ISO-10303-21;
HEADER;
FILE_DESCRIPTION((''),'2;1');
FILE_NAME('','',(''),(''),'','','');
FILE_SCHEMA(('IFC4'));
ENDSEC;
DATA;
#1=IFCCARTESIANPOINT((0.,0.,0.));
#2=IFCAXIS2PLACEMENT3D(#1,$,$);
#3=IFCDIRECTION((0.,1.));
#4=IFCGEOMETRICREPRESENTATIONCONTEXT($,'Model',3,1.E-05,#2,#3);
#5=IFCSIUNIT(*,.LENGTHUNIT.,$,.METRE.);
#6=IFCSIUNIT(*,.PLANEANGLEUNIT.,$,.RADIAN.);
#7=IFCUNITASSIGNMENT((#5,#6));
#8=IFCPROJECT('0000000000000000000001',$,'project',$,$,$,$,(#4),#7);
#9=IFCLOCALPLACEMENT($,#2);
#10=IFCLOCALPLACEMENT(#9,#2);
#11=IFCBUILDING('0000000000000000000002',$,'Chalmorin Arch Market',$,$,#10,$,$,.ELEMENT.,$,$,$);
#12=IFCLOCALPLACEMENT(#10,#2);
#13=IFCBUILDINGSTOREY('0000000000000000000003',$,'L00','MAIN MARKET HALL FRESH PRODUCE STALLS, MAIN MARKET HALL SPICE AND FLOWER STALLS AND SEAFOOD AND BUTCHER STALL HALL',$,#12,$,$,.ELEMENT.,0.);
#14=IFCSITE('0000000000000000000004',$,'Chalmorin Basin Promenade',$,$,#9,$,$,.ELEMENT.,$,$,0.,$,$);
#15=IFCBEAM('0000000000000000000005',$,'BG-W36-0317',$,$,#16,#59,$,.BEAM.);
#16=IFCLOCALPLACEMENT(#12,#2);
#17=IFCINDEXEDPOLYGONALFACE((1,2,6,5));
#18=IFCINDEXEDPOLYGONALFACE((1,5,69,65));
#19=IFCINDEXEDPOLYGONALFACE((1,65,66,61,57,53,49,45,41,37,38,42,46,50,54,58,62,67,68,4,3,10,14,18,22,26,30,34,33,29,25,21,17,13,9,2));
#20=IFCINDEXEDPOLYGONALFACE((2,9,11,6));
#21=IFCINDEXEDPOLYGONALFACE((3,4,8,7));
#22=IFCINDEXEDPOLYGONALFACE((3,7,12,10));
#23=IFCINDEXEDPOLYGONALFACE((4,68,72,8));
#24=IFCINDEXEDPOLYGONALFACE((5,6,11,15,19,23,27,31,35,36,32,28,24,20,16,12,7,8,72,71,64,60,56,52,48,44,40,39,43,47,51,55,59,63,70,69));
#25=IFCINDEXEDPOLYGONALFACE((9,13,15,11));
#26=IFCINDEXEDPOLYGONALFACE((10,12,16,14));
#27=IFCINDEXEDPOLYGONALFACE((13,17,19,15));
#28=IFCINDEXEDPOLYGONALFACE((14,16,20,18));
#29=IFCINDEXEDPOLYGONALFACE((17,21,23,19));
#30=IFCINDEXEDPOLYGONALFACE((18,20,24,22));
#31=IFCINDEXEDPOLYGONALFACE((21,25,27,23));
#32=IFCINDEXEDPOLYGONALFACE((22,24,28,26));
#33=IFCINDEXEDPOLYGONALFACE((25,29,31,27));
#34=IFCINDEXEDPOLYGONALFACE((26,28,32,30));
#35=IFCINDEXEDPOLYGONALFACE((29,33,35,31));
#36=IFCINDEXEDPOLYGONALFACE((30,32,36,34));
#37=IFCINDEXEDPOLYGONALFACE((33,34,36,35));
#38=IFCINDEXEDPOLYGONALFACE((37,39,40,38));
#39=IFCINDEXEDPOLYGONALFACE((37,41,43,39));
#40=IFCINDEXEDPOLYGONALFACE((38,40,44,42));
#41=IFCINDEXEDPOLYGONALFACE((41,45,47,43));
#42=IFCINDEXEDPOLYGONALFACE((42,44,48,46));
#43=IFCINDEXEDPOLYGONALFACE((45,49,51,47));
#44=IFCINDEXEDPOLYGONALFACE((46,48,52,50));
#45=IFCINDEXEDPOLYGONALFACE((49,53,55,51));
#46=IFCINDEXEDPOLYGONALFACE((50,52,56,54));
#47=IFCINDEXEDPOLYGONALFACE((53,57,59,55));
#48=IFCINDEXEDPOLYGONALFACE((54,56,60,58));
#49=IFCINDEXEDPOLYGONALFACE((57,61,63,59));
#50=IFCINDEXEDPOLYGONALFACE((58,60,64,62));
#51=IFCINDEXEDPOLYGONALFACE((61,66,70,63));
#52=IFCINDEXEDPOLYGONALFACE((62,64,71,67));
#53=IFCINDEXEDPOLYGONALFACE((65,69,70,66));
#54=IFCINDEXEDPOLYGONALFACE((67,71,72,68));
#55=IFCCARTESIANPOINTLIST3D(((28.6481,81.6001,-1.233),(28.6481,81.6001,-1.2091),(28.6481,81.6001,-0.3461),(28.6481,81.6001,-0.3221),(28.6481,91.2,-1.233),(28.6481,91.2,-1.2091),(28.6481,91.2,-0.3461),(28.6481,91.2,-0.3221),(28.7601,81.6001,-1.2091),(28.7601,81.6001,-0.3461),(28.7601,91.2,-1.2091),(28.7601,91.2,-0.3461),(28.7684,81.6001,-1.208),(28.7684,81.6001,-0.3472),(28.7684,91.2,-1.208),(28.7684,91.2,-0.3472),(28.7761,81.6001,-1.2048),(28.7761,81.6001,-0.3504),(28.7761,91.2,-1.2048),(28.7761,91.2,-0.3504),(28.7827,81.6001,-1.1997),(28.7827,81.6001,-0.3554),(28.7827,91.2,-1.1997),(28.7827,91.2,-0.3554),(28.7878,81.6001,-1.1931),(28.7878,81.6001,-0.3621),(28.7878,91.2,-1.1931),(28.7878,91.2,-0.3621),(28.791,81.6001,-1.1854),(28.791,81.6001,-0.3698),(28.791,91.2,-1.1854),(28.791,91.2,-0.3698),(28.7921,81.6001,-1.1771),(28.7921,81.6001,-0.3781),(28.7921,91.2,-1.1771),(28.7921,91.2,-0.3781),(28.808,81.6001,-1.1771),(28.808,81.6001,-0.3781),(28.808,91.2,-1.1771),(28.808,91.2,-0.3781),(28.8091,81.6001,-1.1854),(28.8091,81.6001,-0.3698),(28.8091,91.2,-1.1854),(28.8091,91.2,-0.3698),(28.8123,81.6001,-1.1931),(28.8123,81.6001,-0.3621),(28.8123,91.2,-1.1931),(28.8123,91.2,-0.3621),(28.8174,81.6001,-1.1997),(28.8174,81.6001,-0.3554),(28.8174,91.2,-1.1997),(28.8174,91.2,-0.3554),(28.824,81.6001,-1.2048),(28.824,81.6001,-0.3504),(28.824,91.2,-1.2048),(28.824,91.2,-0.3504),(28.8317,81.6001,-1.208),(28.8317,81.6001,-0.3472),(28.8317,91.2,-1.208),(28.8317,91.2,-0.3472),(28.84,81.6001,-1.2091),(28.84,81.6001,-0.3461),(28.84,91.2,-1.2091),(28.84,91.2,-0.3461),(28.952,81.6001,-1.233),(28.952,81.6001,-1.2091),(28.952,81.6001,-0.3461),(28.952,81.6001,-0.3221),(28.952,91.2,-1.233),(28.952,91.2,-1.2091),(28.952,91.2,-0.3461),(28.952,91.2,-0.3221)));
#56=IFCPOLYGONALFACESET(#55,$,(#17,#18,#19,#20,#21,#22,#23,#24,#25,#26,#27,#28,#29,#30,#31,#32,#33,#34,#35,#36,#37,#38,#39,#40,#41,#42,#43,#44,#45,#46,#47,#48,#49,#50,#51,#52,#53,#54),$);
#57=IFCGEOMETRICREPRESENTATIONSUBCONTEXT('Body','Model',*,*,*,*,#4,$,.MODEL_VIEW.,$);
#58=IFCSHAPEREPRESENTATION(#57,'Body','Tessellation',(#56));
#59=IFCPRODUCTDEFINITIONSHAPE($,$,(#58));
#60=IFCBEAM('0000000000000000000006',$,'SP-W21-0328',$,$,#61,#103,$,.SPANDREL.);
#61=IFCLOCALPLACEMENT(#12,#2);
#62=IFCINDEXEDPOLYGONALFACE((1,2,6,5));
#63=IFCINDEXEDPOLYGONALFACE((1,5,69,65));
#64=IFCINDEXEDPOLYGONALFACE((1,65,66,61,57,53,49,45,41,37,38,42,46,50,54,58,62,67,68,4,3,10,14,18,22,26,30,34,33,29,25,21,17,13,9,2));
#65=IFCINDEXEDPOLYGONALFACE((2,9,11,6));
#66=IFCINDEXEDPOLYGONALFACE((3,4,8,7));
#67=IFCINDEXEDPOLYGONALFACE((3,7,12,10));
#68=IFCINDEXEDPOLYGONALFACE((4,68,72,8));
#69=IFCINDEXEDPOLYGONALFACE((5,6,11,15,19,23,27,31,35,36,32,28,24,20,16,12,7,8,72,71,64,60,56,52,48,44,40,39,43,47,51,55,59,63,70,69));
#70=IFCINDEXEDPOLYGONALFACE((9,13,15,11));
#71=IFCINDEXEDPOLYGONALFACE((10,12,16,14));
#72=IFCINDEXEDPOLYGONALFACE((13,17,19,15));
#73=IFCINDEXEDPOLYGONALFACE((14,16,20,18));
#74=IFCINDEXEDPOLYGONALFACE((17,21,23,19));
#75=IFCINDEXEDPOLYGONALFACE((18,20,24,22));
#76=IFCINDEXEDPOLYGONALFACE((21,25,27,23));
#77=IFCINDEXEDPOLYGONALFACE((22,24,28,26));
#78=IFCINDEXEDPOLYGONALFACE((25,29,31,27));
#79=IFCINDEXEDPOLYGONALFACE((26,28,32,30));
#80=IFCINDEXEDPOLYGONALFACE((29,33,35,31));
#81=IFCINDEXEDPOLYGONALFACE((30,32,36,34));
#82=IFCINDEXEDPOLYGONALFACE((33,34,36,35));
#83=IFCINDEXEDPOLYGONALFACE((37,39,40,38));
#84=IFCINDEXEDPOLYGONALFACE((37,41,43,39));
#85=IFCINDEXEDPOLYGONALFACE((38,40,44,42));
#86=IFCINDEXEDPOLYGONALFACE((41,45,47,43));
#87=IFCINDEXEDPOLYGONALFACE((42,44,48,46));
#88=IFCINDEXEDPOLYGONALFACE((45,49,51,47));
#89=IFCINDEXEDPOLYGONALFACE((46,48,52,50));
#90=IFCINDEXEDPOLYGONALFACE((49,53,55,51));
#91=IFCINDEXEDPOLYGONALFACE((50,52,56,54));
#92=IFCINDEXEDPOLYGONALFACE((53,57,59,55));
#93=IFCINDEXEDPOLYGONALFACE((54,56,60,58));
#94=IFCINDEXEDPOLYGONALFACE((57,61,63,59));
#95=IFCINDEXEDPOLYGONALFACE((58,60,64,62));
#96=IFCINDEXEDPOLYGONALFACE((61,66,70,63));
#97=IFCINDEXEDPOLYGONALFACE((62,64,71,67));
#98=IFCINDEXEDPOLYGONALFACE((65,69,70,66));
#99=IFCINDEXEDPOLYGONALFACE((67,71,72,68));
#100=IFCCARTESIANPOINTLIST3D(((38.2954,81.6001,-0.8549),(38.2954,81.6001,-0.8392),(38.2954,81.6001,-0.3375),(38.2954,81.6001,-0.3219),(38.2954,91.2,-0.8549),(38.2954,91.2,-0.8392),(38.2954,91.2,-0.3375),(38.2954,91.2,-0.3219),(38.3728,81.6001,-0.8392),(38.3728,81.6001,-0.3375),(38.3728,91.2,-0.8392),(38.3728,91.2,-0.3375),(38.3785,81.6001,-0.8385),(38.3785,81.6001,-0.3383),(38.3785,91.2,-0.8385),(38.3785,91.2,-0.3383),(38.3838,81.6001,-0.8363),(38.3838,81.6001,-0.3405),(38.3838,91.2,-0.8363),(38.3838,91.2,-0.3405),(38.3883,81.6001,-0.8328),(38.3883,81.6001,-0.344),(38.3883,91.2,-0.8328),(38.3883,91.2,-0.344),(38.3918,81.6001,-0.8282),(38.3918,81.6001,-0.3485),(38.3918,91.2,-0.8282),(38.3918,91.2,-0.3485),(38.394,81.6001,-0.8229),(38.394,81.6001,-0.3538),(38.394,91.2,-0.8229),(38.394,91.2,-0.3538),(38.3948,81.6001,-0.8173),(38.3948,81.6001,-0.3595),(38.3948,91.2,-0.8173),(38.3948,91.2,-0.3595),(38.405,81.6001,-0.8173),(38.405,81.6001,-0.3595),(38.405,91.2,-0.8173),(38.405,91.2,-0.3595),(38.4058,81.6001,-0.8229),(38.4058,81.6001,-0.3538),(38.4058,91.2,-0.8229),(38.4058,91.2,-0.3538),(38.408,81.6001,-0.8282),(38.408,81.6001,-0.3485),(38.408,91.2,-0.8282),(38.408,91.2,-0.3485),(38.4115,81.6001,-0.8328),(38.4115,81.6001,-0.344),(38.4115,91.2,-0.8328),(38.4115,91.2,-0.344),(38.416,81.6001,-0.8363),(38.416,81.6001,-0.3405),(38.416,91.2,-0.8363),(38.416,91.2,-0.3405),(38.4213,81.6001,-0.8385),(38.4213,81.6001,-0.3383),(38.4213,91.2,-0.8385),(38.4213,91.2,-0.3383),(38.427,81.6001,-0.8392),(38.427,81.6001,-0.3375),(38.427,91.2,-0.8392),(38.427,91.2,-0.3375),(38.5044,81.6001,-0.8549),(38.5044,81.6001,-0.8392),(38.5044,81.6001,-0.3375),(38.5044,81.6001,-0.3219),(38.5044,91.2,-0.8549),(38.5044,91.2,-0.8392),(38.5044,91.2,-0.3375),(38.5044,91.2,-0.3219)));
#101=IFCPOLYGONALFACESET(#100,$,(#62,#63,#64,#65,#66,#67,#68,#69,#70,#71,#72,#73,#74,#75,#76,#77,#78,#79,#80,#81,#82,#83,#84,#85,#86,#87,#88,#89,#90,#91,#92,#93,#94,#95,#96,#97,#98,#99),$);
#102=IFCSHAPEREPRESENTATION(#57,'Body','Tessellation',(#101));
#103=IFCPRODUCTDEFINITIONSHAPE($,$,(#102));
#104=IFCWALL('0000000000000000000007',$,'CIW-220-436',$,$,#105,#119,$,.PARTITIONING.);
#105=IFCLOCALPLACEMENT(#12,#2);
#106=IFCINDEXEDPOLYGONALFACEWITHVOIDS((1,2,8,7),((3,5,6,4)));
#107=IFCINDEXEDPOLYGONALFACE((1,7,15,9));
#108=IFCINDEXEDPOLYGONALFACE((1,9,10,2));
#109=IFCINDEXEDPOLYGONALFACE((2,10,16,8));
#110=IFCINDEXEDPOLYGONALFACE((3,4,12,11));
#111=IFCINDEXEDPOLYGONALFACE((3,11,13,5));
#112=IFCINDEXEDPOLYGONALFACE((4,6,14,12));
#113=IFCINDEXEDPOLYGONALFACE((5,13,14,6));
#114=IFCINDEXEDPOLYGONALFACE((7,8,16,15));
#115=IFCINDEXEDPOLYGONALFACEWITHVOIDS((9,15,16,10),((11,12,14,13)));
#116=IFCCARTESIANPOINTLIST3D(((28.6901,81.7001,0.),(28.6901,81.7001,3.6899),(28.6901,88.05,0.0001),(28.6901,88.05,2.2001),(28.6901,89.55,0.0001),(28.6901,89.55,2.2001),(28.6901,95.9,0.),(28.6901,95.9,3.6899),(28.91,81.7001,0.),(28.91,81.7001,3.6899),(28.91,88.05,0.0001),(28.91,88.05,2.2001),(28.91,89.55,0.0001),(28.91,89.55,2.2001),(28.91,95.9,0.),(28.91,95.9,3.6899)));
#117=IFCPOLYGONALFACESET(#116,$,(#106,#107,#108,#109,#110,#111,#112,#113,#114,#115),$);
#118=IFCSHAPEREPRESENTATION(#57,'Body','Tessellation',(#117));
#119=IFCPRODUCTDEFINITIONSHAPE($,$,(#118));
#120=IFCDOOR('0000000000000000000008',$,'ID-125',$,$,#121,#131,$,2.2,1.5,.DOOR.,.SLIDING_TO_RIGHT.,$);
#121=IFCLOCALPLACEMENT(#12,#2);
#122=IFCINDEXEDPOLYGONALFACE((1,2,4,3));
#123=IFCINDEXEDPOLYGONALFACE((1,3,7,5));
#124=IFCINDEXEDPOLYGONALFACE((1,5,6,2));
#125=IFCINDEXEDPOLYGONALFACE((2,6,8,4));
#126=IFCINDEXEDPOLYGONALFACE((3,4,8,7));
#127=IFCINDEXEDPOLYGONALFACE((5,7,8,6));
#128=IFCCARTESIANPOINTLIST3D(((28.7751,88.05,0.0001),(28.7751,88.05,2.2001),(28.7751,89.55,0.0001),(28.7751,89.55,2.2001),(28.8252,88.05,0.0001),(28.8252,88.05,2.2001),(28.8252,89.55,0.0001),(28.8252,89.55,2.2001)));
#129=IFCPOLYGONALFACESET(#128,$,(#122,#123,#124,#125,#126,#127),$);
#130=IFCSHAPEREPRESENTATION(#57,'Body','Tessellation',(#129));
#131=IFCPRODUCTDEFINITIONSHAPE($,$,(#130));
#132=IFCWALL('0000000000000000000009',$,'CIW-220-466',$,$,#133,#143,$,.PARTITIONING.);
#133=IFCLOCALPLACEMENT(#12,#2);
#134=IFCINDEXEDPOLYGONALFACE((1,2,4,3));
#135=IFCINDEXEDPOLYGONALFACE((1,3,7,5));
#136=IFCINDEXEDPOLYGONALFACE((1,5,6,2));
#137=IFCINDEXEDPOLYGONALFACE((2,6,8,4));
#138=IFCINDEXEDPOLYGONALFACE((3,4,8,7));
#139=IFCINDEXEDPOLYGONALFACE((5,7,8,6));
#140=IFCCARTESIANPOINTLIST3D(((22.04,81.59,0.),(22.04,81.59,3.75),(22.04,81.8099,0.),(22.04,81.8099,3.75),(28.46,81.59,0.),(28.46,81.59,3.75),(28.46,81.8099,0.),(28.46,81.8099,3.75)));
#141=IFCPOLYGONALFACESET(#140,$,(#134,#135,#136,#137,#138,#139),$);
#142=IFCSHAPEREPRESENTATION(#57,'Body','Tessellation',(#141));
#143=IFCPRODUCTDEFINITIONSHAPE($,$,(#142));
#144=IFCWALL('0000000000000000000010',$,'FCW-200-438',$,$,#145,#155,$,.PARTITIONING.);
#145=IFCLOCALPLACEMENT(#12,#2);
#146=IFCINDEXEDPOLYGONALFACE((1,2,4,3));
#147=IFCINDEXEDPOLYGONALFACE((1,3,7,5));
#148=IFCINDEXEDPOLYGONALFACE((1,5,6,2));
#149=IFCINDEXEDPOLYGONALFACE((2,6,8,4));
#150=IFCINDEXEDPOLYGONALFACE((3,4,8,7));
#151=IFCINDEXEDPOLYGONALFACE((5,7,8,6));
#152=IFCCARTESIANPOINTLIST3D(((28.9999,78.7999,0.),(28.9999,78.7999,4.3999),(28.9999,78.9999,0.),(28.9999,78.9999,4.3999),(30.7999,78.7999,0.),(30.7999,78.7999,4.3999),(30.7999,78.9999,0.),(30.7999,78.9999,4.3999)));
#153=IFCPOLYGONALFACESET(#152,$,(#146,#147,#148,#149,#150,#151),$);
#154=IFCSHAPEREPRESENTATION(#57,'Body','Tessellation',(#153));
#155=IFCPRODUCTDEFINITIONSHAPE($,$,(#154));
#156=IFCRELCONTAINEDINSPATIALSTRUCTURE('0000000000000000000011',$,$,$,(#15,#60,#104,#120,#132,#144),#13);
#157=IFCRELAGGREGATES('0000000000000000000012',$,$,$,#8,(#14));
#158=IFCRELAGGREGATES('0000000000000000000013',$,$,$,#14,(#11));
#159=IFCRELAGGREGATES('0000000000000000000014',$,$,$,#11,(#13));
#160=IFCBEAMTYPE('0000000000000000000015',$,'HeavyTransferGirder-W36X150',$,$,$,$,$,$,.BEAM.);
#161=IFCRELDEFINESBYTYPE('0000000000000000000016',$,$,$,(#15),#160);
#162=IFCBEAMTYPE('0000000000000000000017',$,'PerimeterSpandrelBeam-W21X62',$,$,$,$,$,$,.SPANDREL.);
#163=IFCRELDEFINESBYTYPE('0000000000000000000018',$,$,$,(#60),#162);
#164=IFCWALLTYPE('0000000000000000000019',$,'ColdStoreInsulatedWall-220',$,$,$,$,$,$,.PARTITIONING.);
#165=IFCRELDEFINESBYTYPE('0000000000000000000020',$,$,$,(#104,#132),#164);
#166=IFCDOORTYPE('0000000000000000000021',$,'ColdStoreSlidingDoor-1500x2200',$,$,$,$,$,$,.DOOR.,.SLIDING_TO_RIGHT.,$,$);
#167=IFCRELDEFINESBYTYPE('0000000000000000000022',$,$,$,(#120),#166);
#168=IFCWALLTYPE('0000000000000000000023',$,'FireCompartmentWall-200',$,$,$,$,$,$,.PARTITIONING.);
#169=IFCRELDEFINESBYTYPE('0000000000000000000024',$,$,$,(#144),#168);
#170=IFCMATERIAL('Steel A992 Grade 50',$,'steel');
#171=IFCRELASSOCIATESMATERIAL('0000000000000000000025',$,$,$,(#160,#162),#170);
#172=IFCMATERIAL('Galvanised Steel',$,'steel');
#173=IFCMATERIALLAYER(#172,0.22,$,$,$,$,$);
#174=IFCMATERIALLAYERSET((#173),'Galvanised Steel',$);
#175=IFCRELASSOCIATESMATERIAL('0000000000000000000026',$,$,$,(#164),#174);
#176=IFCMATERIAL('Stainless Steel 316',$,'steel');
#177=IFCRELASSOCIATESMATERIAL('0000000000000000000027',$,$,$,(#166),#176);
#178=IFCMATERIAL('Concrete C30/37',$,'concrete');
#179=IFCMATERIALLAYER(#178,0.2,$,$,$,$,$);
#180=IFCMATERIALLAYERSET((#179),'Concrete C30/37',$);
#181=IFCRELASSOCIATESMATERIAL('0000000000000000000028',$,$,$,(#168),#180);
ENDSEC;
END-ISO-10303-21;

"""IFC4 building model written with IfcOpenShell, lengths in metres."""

from ifc_helpers import new_model, si_unit, direction, frame, frame_2d, origin, origin_2d, place, context, subcontext, project, spatial, rectangle, i_section, extrude, material, layer, layer_set, material_profile, profile_set, type_object, element, fill, save


model = new_model("IFC4")

# Units and contexts
model_context = context("Model", 3, precision=1e-05, world=origin(), true_north=direction((0.0, 1.0)))
body_context = subcontext(model_context, "Body", "Model", "MODEL_VIEW")
ifc_project = project(units=[si_unit("LENGTHUNIT", "METRE"), si_unit("PLANEANGLEUNIT", "RADIAN")], contexts=[model_context])

# Site, building, storey
site_placement = place(None, origin())
site = spatial("IfcSite", under=ifc_project, at=site_placement, Name="Chalmorin Basin Promenade", CompositionType="ELEMENT", RefElevation=0.0)
building_placement = place(site_placement, origin())
building = spatial("IfcBuilding", under=site, at=building_placement, Name="Chalmorin Arch Market", CompositionType="ELEMENT")
storey_placement = place(building_placement, origin())
storey = spatial("IfcBuildingStorey", under=building, at=storey_placement, Name="L00", Description="MAIN MARKET HALL FRESH PRODUCE STALLS, MAIN MARKET HALL SPICE AND FLOWER STALLS AND SEAFOOD AND BUTCHER STALL HALL", CompositionType="ELEMENT", Elevation=0.0)

# Beams
ifc_material_1 = material(Name="Steel A992 Grade 50", Category="steel")
ifc_material_profile_1 = material_profile(ifc_material_1, i_section(OverallWidth=0.304, OverallDepth=0.9109, WebThickness=0.0159, FlangeThickness=0.0239, FilletRadius=0.032, at=origin_2d()), Name="W36X150")
ifc_profile_set_1 = profile_set([ifc_material_profile_1], Name="Steel A992 Grade 50")
beam_type_1 = type_object("IfcBeamType", Name="HeavyTransferGirder-W36X150", PredefinedType="BEAM", material=ifc_profile_set_1)
beam_1_placement = place(storey_placement, frame((28.8, 81.6001, -0.7776), z_axis=(0.0, 1.0, 0.0), x_axis=(-1.0, 0.0, 0.0)))
element("IfcBeam", 1, at=beam_1_placement, inside=storey, type_object=beam_type_1, Name="BG-W36-0317", PredefinedType="BEAM", context=body_context, shape_type="SweptSolid", body=[
    extrude(i_section(OverallWidth=0.304, OverallDepth=0.9109, WebThickness=0.0159, FlangeThickness=0.0239, FilletRadius=0.032, at=origin_2d()), origin(), (0.0, 0.0, 1.0), 9.5999),
])
ifc_material_profile_2 = material_profile(ifc_material_1, i_section(OverallWidth=0.209, OverallDepth=0.533, WebThickness=0.0103, FlangeThickness=0.0156, FilletRadius=0.022, at=origin_2d()), Name="W21X62")
ifc_profile_set_2 = profile_set([ifc_material_profile_2], Name="Steel A992 Grade 50")
beam_type_2 = type_object("IfcBeamType", Name="PerimeterSpandrelBeam-W21X62", PredefinedType="SPANDREL", material=ifc_profile_set_2)
beam_2_placement = place(storey_placement, frame((38.3999, 81.6001, -0.5884), z_axis=(0.0, 1.0, 0.0), x_axis=(-1.0, 0.0, 0.0)))
element("IfcBeam", 2, at=beam_2_placement, inside=storey, type_object=beam_type_2, Name="SP-W21-0328", PredefinedType="SPANDREL", context=body_context, shape_type="SweptSolid", body=[
    extrude(i_section(OverallWidth=0.209, OverallDepth=0.533, WebThickness=0.0103, FlangeThickness=0.0156, FilletRadius=0.022, at=origin_2d()), origin(), (0.0, 0.0, 1.0), 9.5999),
])

# Wall, opening, door
ifc_material_2 = material(Name="Galvanised Steel", Category="steel")
ifc_layer_1 = layer(ifc_material_2, 0.22)
ifc_layer_set_1 = layer_set([ifc_layer_1], Name="Galvanised Steel")
wall_type_1 = type_object("IfcWallType", Name="ColdStoreInsulatedWall-220", PredefinedType="PARTITIONING", material=ifc_layer_set_1)
wall_1_placement = place(storey_placement, frame((28.8, 81.7, 0.0), z_axis=(0.0, 0.0, 1.0), x_axis=(0.0, 1.0, 0.0)))
wall_1 = element("IfcWall", 3, at=wall_1_placement, inside=storey, type_object=wall_type_1, Name="CIW-220-436", PredefinedType="PARTITIONING", context=body_context, shape_type="SweptSolid", body=[
    extrude(rectangle(XDim=14.2, YDim=0.22, at=frame_2d((7.1001, 0.0))), origin(), (0.0, 0.0, 1.0), 3.6899),
])
opening_1_placement = place(wall_1_placement, frame((6.3501, 0.0, 0.0)))
opening_1 = element("IfcOpeningElement", 4, at=opening_1_placement, cuts=wall_1, PredefinedType="OPENING", context=body_context, shape_type="SweptSolid", body=[
    extrude(rectangle(XDim=1.5, YDim=2.2, at=frame_2d((0.75, 1.1001))), frame((0.0, 0.1199, 0.0), z_axis=(0.0, -1.0, 0.0), x_axis=(1.0, 0.0, 0.0)), (0.0, 0.0, 1.0), 0.24),
])
ifc_material_3 = material(Name="Stainless Steel 316", Category="steel")
door_type_1 = type_object("IfcDoorType", Name="ColdStoreSlidingDoor-1500x2200", OperationType="SLIDING_TO_RIGHT", PredefinedType="DOOR", material=ifc_material_3)
door_1_placement = place(opening_1_placement, origin())
door_1 = element("IfcDoor", 5, at=door_1_placement, inside=storey, type_object=door_type_1, Name="ID-125", OperationType="SLIDING_TO_RIGHT", OverallHeight=2.2, OverallWidth=1.5, PredefinedType="DOOR", context=body_context, shape_type="SweptSolid", body=[
    extrude(rectangle(XDim=1.5, YDim=2.2, at=frame_2d((0.75, 1.1001))), frame((0.0, 0.0249, 0.0), z_axis=(0.0, -1.0, 0.0), x_axis=(1.0, 0.0, 0.0)), (0.0, 0.0, 1.0), 0.05),
])
fill(opening_1, door_1)

# Walls
wall_2_placement = place(storey_placement, frame((22.04, 81.7, 0.0), z_axis=(0.0, 0.0, 1.0), x_axis=(1.0, 0.0, 0.0)))
element("IfcWall", 6, at=wall_2_placement, inside=storey, type_object=wall_type_1, Name="CIW-220-466", PredefinedType="PARTITIONING", context=body_context, shape_type="SweptSolid", body=[
    extrude(rectangle(XDim=6.4199, YDim=0.22, at=frame_2d((3.21, 0.0))), origin(), (0.0, 0.0, 1.0), 3.75),
])
ifc_material_4 = material(Name="Concrete C30/37", Category="concrete")
ifc_layer_2 = layer(ifc_material_4, 0.2)
ifc_layer_set_2 = layer_set([ifc_layer_2], Name="Concrete C30/37")
wall_type_2 = type_object("IfcWallType", Name="FireCompartmentWall-200", PredefinedType="PARTITIONING", material=ifc_layer_set_2)
wall_3_placement = place(storey_placement, frame((29.0, 78.8999, 0.0), z_axis=(0.0, 0.0, 1.0), x_axis=(1.0, 0.0, 0.0)))
element("IfcWall", 7, at=wall_3_placement, inside=storey, type_object=wall_type_2, Name="FCW-200-438", PredefinedType="PARTITIONING", context=body_context, shape_type="SweptSolid", body=[
    extrude(rectangle(XDim=1.8, YDim=0.2, at=frame_2d((0.8999, 0.0))), origin(), (0.0, 0.0, 1.0), 4.3999),
])

save(model, "model.ifc")
